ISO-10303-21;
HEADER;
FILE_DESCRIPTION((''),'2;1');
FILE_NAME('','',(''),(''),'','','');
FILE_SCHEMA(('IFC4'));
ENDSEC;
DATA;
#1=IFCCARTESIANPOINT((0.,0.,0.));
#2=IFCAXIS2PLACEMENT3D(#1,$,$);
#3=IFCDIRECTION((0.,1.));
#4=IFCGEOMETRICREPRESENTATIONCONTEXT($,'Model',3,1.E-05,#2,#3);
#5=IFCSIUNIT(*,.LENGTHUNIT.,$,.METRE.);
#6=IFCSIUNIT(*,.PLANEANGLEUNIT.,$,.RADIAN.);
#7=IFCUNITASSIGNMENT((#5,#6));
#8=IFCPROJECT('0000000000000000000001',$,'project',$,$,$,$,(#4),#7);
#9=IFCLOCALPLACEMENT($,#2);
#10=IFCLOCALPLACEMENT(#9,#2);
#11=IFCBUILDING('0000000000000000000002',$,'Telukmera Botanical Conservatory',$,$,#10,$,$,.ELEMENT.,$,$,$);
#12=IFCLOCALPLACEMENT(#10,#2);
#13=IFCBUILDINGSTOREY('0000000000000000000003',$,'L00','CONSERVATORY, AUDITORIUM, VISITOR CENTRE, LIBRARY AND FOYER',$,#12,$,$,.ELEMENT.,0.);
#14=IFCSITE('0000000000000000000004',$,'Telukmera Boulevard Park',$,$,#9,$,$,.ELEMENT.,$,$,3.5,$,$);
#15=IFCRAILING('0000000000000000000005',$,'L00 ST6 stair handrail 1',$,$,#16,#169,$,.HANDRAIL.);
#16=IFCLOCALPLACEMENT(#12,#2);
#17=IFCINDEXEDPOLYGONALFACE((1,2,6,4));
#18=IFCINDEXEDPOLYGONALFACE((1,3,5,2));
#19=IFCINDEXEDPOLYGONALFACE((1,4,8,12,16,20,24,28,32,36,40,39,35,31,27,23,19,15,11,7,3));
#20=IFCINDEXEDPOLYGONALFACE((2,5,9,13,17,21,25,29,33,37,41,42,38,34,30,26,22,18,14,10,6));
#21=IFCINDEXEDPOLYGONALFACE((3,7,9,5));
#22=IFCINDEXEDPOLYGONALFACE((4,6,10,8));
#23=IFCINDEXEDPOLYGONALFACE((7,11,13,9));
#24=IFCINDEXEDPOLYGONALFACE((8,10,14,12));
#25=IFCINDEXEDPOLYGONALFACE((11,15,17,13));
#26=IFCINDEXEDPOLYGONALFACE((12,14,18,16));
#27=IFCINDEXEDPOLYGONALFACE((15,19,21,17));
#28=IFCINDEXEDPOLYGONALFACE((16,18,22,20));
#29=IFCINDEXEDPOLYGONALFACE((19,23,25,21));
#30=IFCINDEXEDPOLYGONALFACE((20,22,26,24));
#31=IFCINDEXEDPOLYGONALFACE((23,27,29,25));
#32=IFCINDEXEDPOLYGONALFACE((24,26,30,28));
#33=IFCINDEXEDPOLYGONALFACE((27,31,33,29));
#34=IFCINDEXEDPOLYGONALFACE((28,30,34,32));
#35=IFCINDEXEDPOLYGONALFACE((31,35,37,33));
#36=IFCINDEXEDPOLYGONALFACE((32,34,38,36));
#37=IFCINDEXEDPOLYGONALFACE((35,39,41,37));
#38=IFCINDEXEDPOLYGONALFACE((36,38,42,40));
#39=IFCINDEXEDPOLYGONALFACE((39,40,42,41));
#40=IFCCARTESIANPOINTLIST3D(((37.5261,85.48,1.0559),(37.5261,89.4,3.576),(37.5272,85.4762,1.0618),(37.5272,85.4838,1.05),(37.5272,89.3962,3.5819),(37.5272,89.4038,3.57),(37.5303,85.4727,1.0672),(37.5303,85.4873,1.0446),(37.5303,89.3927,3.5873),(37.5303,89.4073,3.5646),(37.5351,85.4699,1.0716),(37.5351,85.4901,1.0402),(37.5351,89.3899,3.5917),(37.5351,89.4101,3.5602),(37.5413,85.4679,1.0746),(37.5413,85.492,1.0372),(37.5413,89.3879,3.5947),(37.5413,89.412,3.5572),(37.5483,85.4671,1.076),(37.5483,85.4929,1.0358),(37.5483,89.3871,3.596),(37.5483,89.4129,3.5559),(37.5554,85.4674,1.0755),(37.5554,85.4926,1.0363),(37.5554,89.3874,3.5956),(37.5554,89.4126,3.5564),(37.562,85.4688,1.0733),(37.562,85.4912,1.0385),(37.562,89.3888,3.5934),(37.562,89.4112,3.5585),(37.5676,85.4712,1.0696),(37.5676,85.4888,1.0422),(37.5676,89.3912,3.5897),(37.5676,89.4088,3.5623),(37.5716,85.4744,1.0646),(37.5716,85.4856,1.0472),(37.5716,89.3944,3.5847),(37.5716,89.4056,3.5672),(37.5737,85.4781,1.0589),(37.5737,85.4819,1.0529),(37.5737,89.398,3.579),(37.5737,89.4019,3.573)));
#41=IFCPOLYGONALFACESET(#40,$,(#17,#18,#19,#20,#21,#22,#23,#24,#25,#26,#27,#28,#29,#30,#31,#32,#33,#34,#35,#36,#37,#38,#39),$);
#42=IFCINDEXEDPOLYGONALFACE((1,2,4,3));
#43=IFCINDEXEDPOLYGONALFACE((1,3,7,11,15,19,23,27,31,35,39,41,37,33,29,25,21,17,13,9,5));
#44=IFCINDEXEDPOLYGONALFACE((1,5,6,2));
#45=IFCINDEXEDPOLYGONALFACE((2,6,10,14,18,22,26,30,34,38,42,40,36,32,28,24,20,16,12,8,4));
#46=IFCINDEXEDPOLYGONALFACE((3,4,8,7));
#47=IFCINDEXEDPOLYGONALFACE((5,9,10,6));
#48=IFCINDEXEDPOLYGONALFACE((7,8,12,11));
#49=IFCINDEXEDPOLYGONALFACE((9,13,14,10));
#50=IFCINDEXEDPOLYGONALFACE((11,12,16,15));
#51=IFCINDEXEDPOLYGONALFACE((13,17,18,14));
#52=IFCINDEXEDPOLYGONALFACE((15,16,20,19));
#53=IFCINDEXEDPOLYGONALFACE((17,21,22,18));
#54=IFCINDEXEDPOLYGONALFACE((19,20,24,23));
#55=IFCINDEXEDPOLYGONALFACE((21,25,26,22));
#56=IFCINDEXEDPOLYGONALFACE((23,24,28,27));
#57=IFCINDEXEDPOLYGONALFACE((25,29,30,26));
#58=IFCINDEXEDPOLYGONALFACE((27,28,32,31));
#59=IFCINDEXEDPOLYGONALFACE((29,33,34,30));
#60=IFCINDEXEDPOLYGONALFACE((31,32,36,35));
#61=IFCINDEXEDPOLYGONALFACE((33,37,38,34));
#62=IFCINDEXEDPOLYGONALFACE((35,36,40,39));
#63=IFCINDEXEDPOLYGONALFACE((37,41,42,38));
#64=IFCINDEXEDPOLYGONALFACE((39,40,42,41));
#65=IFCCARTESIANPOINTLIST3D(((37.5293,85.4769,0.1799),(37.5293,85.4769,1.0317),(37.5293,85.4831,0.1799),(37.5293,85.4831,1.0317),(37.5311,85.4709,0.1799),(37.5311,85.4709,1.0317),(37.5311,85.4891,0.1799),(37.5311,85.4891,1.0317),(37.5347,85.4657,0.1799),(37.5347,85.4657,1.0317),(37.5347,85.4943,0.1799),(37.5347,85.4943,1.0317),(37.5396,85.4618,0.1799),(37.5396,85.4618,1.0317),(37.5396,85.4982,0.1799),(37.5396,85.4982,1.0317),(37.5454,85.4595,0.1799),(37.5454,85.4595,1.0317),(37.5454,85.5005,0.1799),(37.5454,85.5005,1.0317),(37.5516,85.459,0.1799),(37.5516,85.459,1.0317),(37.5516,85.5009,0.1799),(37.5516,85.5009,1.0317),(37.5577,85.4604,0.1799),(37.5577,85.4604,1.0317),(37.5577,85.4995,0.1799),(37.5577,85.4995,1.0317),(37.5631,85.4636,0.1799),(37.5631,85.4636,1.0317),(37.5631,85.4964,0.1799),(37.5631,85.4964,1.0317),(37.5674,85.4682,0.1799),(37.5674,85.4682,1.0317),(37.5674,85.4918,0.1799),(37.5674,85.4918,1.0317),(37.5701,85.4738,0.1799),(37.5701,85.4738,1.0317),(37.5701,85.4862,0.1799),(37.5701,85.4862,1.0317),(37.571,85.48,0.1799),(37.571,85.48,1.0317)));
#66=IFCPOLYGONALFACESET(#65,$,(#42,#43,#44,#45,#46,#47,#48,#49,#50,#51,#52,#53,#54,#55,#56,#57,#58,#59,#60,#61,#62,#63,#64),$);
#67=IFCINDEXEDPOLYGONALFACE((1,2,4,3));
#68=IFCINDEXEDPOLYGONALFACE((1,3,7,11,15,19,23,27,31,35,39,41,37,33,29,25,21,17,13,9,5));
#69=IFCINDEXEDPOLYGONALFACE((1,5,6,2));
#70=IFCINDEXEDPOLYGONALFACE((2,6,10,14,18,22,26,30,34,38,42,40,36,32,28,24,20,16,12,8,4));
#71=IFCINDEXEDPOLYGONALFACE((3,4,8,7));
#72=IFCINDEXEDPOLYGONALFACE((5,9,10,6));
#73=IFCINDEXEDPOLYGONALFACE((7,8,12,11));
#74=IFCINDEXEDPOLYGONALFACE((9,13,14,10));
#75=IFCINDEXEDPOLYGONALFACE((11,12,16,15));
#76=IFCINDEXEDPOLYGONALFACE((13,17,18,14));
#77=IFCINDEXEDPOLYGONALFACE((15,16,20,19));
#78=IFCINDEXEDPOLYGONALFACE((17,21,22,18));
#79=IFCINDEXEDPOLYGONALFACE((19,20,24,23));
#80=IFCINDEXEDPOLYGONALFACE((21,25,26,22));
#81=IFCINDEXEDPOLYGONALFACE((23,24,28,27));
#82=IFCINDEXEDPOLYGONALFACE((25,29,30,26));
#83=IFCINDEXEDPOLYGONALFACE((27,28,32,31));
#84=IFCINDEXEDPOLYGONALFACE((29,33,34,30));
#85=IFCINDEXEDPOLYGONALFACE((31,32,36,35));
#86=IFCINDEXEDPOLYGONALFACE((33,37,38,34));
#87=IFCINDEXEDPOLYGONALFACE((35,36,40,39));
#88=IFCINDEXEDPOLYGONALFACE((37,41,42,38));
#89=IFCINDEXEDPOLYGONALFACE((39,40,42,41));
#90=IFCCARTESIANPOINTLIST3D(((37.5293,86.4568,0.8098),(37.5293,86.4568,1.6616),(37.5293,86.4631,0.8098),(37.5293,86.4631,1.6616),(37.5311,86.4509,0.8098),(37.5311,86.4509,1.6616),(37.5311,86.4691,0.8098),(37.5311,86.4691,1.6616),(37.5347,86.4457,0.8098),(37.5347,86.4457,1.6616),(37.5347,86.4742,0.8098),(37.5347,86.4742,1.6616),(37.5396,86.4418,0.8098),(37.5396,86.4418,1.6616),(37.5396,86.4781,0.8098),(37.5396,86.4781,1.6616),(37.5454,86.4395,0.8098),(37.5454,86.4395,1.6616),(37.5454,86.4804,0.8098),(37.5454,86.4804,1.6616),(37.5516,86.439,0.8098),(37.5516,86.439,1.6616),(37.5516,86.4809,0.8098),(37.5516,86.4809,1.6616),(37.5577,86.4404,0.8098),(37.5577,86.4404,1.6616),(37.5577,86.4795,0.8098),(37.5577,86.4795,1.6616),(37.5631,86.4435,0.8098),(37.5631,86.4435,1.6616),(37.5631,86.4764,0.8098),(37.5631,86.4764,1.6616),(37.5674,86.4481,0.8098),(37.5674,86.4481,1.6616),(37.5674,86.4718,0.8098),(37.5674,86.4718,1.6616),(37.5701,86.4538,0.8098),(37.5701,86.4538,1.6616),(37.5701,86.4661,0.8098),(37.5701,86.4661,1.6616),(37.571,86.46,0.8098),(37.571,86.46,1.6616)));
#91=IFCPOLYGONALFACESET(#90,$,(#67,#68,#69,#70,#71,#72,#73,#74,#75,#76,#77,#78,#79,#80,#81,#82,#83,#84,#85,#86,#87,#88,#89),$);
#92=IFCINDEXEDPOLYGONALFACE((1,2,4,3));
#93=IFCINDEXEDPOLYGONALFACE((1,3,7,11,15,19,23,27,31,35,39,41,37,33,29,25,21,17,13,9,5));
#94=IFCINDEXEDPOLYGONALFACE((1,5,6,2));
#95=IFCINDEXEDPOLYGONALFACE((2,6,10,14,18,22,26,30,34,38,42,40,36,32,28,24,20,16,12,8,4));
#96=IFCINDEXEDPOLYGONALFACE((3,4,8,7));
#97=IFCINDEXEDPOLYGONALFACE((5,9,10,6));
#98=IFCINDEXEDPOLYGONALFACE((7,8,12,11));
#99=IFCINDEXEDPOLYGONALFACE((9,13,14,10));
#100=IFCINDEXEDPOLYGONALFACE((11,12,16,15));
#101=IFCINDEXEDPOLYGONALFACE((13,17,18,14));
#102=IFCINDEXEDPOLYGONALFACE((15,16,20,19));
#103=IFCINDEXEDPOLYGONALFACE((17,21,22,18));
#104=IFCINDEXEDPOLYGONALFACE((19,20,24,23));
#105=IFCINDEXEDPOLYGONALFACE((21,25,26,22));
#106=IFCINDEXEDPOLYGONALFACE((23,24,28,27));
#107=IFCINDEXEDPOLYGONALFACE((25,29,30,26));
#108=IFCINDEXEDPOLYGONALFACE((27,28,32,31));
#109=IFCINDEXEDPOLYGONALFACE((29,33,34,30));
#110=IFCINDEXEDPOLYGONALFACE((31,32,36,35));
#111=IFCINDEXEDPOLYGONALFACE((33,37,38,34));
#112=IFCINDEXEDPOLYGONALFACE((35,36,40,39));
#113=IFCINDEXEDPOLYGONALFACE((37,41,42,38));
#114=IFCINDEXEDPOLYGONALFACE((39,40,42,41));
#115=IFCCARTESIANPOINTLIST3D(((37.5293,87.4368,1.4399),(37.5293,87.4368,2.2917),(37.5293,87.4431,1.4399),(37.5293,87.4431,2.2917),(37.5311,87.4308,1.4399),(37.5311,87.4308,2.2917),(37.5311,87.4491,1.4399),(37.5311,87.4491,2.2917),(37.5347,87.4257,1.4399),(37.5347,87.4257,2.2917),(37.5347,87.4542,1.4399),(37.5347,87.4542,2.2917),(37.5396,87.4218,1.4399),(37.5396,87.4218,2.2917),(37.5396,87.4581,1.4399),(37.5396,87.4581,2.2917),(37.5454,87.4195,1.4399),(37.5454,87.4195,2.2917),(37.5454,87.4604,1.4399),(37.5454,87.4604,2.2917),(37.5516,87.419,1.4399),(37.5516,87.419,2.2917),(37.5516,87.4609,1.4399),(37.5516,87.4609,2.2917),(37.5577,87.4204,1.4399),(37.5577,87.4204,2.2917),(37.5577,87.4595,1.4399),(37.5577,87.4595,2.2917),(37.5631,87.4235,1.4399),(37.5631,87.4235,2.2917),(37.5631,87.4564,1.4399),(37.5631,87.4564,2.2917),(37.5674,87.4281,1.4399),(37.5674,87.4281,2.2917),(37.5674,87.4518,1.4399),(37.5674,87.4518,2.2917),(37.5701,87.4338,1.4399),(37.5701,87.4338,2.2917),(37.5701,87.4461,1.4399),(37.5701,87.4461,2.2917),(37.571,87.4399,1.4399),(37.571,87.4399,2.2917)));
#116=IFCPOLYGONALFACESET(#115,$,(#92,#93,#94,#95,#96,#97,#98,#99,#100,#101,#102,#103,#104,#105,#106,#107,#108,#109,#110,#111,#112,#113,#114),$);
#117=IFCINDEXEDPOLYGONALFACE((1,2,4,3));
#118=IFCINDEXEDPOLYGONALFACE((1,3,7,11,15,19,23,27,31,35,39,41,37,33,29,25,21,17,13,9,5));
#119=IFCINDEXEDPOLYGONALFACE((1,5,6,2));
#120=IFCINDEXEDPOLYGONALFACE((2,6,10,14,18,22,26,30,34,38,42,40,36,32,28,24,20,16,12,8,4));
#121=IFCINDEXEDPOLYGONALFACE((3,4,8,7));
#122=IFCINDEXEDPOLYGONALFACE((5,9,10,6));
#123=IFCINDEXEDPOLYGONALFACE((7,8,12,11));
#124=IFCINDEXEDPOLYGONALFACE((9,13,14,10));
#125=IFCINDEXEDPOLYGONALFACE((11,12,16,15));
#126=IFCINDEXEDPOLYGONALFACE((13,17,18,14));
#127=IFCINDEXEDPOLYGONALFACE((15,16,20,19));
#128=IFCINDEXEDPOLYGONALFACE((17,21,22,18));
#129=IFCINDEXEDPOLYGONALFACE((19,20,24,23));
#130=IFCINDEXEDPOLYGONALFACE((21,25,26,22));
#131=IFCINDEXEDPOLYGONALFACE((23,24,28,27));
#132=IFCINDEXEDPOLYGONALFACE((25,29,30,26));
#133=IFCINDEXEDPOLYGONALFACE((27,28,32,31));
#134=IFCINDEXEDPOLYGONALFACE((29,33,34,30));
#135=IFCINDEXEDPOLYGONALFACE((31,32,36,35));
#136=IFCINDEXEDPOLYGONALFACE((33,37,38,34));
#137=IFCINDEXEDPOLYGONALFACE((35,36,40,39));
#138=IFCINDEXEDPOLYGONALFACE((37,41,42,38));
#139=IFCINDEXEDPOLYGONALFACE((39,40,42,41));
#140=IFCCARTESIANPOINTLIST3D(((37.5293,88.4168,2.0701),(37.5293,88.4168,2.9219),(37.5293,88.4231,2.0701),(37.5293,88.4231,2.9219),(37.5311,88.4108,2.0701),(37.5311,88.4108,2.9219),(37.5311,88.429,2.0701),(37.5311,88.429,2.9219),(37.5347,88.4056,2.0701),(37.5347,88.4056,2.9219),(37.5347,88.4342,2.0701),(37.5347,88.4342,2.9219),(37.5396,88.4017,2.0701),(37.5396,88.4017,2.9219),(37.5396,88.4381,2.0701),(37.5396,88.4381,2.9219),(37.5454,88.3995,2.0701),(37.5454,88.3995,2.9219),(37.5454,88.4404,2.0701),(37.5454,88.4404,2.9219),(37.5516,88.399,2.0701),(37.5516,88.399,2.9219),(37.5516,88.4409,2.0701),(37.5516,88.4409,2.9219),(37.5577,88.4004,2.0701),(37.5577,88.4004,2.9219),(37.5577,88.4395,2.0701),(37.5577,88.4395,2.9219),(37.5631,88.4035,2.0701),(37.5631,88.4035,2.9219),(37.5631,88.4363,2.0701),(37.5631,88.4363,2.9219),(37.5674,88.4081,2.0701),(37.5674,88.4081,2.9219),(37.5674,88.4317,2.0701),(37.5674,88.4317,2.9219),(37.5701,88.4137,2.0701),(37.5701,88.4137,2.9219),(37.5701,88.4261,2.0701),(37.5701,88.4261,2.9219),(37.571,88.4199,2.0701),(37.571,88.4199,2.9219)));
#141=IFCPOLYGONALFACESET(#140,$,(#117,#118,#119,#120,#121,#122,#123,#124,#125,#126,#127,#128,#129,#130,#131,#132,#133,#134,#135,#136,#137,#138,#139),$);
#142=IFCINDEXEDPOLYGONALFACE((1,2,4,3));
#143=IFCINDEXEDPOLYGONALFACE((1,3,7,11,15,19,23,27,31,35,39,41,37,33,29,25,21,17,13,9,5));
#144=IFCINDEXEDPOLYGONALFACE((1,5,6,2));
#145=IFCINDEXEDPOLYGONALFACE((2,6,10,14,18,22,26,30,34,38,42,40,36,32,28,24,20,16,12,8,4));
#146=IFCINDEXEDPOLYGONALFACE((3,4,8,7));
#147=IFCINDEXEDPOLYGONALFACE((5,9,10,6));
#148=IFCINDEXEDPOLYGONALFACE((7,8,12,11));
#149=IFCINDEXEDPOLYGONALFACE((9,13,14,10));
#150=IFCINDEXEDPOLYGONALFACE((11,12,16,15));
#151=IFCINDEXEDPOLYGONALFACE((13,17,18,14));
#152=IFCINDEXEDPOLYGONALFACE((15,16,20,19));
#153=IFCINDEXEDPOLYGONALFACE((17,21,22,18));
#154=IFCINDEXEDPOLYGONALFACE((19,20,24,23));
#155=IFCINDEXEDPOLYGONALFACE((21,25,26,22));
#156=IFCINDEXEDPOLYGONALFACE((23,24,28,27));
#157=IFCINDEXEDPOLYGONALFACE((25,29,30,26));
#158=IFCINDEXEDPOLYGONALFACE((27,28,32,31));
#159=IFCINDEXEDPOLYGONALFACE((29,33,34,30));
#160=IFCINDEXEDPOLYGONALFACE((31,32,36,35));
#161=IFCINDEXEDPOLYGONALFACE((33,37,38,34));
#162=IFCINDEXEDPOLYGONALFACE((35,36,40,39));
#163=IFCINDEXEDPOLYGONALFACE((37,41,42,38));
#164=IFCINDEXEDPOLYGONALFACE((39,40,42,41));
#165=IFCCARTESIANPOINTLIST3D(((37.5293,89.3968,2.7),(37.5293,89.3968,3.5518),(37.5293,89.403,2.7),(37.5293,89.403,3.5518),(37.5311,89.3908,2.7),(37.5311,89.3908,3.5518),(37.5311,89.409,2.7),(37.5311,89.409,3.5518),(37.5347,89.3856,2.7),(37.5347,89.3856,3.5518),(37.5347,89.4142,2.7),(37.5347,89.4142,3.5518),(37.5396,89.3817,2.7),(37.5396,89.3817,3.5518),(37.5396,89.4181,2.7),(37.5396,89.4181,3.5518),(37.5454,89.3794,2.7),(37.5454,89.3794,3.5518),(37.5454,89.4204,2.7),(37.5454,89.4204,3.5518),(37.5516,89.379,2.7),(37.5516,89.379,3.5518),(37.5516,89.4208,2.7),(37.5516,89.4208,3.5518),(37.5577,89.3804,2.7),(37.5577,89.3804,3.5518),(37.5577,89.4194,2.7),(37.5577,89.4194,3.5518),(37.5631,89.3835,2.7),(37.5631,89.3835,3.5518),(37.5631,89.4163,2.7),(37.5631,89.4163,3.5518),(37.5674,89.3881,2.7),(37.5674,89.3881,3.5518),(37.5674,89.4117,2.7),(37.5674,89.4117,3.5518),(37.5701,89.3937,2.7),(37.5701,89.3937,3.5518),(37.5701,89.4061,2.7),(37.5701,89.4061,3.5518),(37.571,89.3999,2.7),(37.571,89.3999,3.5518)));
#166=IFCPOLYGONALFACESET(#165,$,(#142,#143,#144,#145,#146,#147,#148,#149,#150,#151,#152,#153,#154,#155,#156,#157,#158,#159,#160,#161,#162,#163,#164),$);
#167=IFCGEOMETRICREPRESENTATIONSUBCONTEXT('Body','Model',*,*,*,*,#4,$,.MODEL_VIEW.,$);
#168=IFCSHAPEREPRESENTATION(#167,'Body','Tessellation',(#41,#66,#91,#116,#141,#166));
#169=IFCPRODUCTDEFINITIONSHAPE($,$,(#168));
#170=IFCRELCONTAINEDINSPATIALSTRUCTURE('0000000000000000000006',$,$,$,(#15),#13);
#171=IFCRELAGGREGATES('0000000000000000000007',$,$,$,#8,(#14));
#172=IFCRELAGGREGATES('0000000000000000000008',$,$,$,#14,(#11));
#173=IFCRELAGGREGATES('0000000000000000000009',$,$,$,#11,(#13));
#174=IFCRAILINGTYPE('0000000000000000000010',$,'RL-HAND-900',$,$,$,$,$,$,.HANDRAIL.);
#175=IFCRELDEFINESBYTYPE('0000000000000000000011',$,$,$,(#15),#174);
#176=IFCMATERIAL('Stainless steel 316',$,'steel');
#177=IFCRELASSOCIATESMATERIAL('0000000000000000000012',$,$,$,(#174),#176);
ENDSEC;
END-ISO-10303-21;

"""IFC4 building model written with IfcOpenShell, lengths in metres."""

from ifc_helpers import new_model, si_unit, direction, frame, origin, origin_2d, place, context, subcontext, project, spatial, circle, extrude, material, type_object, element, save


model = new_model("IFC4")

# Units and contexts
model_context = context("Model", 3, precision=1e-05, world=origin(), true_north=direction((0.0, 1.0)))
body_context = subcontext(model_context, "Body", "Model", "MODEL_VIEW")
ifc_project = project(units=[si_unit("LENGTHUNIT", "METRE"), si_unit("PLANEANGLEUNIT", "RADIAN")], contexts=[model_context])

# Site, building, storey
site_placement = place(None, origin())
site = spatial("IfcSite", under=ifc_project, at=site_placement, Name="Telukmera Boulevard Park", CompositionType="ELEMENT", RefElevation=3.5)
building_placement = place(site_placement, origin())
building = spatial("IfcBuilding", under=site, at=building_placement, Name="Telukmera Botanical Conservatory", CompositionType="ELEMENT")
storey_placement = place(building_placement, origin())
storey = spatial("IfcBuildingStorey", under=building, at=storey_placement, Name="L00", Description="CONSERVATORY, AUDITORIUM, VISITOR CENTRE, LIBRARY AND FOYER", CompositionType="ELEMENT", Elevation=0.0)

# Railing
ifc_material_1 = material(Name="Stainless steel 316", Category="steel")
railing_type_1 = type_object("IfcRailingType", Name="RL-HAND-900", PredefinedType="HANDRAIL", material=ifc_material_1)
railing_1_placement = place(storey_placement, frame((37.55, 85.48, 0.1799)))
element("IfcRailing", 1, at=railing_1_placement, inside=storey, type_object=railing_type_1, Name="L00 ST6 stair handrail 1", PredefinedType="HANDRAIL", context=body_context, shape_type="SweptSolid", body=[
    extrude(circle(Radius=0.0239, at=origin_2d()), frame((0.0, 0.0, 0.876), z_axis=(0.0, 0.841172, 0.540768), x_axis=(-1.0, 0.0, 0.0)), (0.0, 0.0, 1.0), 4.6602),
    extrude(circle(Radius=0.021, at=origin_2d()), origin(), (0.0, 0.0, 1.0), 0.8518),
    extrude(circle(Radius=0.021, at=origin_2d()), frame((0.0, 0.98, 0.6299)), (0.0, 0.0, 1.0), 0.8518),
    extrude(circle(Radius=0.021, at=origin_2d()), frame((0.0, 1.96, 1.26)), (0.0, 0.0, 1.0), 0.8518),
    extrude(circle(Radius=0.021, at=origin_2d()), frame((0.0, 2.9399, 1.8901)), (0.0, 0.0, 1.0), 0.8518),
    extrude(circle(Radius=0.021, at=origin_2d()), frame((0.0, 3.9199, 2.52)), (0.0, 0.0, 1.0), 0.8518),
])

save(model, "model.ifc")
